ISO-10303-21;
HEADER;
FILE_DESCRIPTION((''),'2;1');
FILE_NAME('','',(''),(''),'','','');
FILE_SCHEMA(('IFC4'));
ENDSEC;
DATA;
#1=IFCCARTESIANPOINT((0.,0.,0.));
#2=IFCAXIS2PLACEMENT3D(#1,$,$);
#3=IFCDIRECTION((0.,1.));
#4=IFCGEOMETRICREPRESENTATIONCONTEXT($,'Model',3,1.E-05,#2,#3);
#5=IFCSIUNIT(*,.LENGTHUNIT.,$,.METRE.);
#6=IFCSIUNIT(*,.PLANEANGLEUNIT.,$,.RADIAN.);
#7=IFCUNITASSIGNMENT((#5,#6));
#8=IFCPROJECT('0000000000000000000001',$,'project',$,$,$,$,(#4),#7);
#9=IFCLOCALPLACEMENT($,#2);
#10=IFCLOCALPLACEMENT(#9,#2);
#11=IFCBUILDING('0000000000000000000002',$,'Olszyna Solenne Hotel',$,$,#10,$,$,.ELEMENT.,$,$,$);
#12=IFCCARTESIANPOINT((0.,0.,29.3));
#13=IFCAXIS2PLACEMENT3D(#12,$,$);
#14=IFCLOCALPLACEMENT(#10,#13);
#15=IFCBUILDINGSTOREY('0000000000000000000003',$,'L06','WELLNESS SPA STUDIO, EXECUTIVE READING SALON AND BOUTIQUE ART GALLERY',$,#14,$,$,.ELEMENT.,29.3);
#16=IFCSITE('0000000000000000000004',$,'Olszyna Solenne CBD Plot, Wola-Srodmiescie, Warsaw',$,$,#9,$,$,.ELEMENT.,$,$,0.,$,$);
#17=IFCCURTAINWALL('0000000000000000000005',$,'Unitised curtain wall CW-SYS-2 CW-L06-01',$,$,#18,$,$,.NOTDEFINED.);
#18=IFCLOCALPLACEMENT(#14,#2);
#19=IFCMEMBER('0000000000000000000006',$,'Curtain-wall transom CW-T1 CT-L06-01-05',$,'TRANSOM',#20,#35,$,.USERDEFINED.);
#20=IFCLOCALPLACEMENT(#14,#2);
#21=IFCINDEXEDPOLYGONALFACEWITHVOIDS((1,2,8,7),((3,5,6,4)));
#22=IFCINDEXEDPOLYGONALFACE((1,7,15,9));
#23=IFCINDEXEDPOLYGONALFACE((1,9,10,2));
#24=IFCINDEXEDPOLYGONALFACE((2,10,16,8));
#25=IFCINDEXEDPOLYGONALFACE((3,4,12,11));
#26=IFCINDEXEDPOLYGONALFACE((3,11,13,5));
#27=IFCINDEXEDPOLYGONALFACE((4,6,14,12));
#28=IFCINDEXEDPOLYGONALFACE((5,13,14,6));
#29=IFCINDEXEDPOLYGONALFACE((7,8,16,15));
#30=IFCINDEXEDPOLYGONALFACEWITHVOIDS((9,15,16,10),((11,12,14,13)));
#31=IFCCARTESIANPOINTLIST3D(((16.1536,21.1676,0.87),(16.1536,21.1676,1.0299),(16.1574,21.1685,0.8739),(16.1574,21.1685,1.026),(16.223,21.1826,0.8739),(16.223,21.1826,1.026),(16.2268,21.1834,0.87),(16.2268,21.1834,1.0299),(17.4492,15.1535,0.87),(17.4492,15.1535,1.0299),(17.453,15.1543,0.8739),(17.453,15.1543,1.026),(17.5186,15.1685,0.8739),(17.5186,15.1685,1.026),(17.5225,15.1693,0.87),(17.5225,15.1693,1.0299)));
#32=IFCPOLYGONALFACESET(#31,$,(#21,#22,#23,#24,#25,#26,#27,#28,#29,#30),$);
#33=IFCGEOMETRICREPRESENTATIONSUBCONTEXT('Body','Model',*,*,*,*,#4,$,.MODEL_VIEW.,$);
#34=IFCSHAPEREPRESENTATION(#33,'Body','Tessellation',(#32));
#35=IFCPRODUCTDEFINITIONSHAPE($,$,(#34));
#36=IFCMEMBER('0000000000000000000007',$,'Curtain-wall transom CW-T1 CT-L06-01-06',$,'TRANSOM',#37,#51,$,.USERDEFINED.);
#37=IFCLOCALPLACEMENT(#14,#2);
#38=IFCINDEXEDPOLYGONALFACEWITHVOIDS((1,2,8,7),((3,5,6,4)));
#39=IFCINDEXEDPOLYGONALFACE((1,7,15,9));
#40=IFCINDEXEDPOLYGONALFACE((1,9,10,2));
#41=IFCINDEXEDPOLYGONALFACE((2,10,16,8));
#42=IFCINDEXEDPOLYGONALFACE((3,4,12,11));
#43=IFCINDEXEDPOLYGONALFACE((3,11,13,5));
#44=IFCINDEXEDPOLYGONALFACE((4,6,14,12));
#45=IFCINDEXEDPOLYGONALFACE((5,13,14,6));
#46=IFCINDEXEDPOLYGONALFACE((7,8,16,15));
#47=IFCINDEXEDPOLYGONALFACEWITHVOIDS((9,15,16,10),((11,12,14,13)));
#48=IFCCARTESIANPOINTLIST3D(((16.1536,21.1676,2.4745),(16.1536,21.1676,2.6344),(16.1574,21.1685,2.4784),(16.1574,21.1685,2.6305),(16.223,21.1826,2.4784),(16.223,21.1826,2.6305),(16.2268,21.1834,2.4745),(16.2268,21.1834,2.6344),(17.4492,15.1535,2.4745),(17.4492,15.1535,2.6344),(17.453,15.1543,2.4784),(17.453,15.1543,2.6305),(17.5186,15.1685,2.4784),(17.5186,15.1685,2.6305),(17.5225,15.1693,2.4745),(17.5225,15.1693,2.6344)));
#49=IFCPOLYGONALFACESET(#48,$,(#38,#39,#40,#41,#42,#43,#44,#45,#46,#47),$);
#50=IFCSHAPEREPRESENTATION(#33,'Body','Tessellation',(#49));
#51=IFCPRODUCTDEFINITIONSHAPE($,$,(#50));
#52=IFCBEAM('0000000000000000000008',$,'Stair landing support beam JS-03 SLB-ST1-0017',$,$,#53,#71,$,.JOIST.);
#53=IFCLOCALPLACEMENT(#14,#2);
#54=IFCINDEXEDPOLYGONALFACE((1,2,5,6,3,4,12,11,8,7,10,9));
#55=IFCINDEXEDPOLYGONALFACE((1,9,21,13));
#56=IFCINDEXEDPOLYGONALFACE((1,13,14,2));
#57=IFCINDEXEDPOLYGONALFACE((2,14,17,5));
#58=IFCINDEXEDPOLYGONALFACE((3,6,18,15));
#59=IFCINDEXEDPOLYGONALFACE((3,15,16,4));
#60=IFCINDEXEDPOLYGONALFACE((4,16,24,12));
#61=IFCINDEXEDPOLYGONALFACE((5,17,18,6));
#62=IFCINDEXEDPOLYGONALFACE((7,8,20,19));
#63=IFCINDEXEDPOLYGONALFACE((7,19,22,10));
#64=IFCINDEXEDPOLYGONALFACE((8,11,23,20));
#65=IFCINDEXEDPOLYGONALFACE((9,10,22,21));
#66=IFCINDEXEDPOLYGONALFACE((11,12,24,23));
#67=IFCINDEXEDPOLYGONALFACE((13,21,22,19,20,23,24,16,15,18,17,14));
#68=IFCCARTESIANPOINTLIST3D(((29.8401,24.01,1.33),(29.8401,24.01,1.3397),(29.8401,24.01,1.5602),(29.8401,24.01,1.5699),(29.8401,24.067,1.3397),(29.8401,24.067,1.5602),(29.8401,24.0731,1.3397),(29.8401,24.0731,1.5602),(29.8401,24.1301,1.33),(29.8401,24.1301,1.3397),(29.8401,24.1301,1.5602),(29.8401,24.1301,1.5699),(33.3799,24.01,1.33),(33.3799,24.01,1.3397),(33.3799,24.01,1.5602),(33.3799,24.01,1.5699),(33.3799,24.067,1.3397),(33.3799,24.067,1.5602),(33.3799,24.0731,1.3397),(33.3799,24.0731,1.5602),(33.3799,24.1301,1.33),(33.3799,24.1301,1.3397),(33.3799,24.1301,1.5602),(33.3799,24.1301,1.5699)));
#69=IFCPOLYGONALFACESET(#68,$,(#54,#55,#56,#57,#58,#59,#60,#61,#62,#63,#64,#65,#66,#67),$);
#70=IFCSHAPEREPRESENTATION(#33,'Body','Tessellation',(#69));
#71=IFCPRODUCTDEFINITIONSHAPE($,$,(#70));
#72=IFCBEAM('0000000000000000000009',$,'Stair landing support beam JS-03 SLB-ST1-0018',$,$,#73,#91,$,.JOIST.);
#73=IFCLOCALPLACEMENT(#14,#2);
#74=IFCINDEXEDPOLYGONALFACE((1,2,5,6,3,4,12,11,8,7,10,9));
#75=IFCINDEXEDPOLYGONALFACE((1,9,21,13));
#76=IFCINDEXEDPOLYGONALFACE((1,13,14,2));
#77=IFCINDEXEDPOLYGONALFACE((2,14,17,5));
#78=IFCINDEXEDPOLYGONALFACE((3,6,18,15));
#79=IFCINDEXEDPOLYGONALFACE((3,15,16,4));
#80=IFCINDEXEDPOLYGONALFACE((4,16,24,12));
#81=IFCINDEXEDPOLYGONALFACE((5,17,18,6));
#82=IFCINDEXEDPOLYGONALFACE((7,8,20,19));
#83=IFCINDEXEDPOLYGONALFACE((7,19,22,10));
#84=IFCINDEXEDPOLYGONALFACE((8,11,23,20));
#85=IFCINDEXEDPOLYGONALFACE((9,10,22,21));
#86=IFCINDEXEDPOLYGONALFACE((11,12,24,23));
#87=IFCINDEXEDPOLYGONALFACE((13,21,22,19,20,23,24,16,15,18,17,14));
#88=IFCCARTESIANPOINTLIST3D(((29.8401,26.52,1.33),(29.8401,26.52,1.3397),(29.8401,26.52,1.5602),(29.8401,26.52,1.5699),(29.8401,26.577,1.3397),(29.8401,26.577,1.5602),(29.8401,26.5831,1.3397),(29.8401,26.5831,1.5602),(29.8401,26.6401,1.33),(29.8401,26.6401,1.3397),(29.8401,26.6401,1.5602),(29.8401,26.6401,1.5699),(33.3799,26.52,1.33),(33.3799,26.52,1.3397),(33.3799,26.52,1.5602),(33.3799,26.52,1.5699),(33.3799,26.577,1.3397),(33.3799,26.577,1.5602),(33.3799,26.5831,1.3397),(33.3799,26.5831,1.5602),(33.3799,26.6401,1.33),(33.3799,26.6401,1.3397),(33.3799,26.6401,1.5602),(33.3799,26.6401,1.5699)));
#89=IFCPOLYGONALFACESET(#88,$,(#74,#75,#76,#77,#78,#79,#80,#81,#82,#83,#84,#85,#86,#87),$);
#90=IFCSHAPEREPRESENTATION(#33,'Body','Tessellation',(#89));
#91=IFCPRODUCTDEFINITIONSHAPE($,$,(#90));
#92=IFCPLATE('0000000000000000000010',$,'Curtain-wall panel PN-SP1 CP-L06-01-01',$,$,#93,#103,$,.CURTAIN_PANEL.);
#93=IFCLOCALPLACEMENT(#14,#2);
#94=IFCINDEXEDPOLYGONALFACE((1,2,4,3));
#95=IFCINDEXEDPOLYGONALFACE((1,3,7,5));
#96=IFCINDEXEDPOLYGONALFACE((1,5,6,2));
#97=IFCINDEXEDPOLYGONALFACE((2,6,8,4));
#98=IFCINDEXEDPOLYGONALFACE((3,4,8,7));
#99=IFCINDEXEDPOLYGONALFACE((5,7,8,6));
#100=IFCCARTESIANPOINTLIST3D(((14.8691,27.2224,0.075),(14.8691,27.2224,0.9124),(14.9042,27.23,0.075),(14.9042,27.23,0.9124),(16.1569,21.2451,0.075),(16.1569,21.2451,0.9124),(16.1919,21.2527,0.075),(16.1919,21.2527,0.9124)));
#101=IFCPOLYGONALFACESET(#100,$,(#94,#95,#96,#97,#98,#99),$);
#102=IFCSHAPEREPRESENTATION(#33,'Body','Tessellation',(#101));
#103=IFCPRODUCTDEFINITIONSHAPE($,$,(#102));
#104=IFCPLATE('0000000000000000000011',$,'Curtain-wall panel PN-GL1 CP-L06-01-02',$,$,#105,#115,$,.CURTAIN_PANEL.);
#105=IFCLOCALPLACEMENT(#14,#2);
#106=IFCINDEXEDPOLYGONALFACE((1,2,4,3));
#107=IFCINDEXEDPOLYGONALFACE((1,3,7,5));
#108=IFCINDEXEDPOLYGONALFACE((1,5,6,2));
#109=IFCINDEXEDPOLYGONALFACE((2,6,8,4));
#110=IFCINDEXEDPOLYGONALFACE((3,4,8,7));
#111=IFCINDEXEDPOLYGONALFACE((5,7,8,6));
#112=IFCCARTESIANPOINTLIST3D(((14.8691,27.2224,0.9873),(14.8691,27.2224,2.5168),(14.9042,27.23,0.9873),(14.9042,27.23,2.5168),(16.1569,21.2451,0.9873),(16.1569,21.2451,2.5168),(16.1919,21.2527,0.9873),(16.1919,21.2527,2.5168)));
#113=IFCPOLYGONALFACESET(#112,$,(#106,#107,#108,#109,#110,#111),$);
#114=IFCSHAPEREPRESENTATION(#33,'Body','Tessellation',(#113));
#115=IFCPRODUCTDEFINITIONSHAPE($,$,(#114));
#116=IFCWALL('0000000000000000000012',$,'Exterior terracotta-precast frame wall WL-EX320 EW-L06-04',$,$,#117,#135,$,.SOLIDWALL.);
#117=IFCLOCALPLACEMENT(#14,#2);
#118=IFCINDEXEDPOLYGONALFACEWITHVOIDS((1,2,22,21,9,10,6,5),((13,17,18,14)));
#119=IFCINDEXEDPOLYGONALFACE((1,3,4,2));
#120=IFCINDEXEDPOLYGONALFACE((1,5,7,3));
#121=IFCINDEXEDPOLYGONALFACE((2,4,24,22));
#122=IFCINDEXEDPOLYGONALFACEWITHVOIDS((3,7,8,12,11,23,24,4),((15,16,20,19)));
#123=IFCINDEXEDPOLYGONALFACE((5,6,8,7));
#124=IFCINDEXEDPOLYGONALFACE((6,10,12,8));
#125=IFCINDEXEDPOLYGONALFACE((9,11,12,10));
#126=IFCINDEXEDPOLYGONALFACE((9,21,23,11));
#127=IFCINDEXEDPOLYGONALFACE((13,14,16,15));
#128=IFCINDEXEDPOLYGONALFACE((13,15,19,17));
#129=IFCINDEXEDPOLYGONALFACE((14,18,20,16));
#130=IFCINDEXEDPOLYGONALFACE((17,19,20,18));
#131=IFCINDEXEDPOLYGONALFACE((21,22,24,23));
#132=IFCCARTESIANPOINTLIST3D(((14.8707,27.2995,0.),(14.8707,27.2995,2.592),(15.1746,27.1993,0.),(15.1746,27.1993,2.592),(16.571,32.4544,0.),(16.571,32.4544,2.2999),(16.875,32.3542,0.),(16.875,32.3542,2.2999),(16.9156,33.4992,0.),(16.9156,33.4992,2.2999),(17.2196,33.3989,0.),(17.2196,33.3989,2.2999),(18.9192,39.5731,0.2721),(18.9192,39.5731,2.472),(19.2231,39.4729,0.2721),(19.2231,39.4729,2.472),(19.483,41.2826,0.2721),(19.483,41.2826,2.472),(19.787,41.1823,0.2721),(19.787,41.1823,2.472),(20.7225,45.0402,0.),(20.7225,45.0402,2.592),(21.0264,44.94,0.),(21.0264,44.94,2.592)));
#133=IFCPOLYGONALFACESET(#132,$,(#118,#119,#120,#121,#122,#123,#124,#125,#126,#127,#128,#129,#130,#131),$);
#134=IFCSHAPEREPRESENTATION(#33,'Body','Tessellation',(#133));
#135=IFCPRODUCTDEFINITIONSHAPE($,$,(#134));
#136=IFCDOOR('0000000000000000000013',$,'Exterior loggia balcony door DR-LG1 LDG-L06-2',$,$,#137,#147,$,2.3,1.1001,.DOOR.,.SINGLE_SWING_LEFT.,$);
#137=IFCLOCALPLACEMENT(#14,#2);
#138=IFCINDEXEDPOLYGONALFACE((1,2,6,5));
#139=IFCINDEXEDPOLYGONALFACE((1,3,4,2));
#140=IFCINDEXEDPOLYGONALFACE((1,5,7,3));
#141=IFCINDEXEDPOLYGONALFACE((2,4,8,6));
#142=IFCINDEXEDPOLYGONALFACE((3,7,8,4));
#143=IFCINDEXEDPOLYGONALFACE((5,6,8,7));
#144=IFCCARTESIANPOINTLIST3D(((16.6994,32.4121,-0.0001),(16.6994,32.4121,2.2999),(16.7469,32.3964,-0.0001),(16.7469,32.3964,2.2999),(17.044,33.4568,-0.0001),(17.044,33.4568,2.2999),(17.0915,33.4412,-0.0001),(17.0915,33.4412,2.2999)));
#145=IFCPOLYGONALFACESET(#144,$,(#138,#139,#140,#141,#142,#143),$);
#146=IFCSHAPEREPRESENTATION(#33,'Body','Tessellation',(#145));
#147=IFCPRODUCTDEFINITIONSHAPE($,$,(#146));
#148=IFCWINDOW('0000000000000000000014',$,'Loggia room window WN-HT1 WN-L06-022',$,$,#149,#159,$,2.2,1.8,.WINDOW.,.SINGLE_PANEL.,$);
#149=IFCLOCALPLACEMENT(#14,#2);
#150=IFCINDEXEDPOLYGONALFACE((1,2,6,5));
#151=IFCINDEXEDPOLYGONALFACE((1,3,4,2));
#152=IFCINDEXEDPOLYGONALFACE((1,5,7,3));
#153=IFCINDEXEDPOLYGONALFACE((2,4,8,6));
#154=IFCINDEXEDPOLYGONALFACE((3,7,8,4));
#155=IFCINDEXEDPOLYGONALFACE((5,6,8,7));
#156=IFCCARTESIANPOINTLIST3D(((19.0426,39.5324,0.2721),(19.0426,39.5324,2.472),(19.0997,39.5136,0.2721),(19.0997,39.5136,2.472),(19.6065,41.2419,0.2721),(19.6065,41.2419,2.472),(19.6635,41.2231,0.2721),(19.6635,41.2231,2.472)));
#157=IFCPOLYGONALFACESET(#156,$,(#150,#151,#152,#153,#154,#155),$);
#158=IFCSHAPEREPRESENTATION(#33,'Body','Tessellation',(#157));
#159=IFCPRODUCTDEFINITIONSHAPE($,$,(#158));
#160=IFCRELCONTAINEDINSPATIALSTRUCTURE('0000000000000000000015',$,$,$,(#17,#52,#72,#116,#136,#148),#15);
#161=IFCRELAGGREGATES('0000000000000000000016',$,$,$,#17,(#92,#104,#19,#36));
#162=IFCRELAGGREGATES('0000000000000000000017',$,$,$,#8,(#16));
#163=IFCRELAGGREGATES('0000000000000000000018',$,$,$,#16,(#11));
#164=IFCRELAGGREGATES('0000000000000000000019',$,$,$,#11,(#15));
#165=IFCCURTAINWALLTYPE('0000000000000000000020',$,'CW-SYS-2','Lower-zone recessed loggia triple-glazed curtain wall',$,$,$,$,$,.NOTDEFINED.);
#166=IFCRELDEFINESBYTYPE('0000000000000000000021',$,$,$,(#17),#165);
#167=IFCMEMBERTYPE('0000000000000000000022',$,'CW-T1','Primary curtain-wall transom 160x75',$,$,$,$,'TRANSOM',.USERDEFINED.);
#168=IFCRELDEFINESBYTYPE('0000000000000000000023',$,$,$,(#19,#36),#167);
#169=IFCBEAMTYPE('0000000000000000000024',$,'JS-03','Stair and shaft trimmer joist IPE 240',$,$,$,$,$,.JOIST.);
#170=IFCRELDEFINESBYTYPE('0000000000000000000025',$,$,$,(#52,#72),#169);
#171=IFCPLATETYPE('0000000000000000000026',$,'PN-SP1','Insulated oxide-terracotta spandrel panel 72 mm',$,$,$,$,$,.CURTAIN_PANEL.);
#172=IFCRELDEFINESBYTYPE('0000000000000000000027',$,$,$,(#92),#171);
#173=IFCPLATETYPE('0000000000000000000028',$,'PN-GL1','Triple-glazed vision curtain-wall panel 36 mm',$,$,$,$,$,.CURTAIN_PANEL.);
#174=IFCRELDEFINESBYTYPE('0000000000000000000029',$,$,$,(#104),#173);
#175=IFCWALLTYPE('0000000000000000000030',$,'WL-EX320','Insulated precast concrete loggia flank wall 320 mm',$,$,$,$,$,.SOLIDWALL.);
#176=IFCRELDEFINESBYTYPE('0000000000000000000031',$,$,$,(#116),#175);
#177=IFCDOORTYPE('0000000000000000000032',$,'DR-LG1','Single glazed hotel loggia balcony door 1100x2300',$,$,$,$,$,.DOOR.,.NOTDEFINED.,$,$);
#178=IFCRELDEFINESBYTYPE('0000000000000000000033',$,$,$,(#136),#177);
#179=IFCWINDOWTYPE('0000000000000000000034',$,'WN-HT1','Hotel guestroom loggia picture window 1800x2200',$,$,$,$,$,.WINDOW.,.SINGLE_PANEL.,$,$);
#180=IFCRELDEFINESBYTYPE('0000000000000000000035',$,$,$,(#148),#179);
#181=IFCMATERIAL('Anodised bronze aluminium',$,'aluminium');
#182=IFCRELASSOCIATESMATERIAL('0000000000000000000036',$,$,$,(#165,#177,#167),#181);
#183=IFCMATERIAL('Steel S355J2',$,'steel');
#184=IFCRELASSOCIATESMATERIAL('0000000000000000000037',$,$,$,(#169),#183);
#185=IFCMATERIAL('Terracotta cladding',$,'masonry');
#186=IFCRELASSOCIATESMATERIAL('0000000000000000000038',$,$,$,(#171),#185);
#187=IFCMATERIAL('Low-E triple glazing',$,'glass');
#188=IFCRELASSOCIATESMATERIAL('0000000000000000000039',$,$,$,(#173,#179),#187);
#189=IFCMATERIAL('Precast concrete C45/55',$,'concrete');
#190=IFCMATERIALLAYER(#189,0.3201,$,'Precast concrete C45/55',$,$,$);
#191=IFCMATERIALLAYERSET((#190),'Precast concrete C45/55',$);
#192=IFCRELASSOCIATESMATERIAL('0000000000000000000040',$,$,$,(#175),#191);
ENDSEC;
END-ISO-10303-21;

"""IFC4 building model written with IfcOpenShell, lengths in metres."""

from ifc_helpers import new_model, si_unit, direction, frame, frame_2d, origin, origin_2d, place, context, subcontext, project, spatial, rectangle, hollow_rectangle, i_section, extrude, source, transform, mapped, material, layer, layer_set, material_profile, profile_set, type_object, type_shapes, element, fill, aggregate, save


model = new_model("IFC4")

# Units and contexts
model_context = context("Model", 3, precision=1e-05, world=origin(), true_north=direction((0.0, 1.0)))
body_context = subcontext(model_context, "Body", "Model", "MODEL_VIEW")
ifc_project = project(units=[si_unit("LENGTHUNIT", "METRE"), si_unit("PLANEANGLEUNIT", "RADIAN")], contexts=[model_context])

# Site, building, storey
site_placement = place(None, origin())
site = spatial("IfcSite", under=ifc_project, at=site_placement, Name="Olszyna Solenne CBD Plot, Wola-Srodmiescie, Warsaw", CompositionType="ELEMENT", RefElevation=0.0)
building_placement = place(site_placement, origin())
building = spatial("IfcBuilding", under=site, at=building_placement, Name="Olszyna Solenne Hotel", CompositionType="ELEMENT")
storey_placement = place(building_placement, frame((0.0, 0.0, 29.3)))
storey = spatial("IfcBuildingStorey", under=building, at=storey_placement, Name="L06", Description="WELLNESS SPA STUDIO, EXECUTIVE READING SALON AND BOUTIQUE ART GALLERY", CompositionType="ELEMENT", Elevation=29.3)

# Shared definitions
ifc_material_1 = material(Name="Steel S355J2", Category="steel")

# Curtain wall, members
ifc_material_2 = material(Name="Anodised bronze aluminium", Category="aluminium")
curtain_wall_type = type_object("IfcCurtainWallType", Name="CW-SYS-2", Description="Lower-zone recessed loggia triple-glazed curtain wall", PredefinedType="NOTDEFINED", material=ifc_material_2)
curtain_wall_placement = place(storey_placement, origin())
curtain_wall = element("IfcCurtainWall", 1, at=curtain_wall_placement, inside=storey, type_object=curtain_wall_type, Name="Unitised curtain wall CW-SYS-2 CW-L06-01", PredefinedType="NOTDEFINED")
ifc_material_profile_1 = material_profile(ifc_material_2, hollow_rectangle(XDim=0.075, YDim=0.1599, WallThickness=0.0039, at=origin_2d()), Name="TRAN 160x75x4", Category="load-bearing")
ifc_profile_set_1 = profile_set([ifc_material_profile_1], Name="Anodised bronze aluminium")
member_type_1 = type_object("IfcMemberType", Name="CW-T1", Description="Primary curtain-wall transom 160x75", ElementType="TRANSOM", PredefinedType="USERDEFINED", material=ifc_profile_set_1)
shared_shape_1 = source(origin(), body_context, "Body", "SweptSolid", [
    extrude(hollow_rectangle(XDim=0.075, YDim=0.1599, WallThickness=0.0039, at=origin_2d()), origin(), (0.0, 0.0, 1.0), 6.1521),
])
member_1_placement = place(storey_placement, frame((16.1902, 21.1755, 0.95), z_axis=(0.210602, -0.977572, 0.0), x_axis=(0.977572, 0.210602, 0.0)))
member_1 = element("IfcMember", 2, at=member_1_placement, type_object=member_type_1, Name="Curtain-wall transom CW-T1 CT-L06-01-05", ObjectType="TRANSOM", PredefinedType="USERDEFINED", context=body_context, shape_type="MappedRepresentation", body=[
    mapped(shared_shape_1, transform((0.0, 0.0, 0.0), x_axis=(1.0, 0.0, 0.0), y_axis=(0.0, 1.0, 0.0), z_axis=(0.0, 0.0, 1.0), scale=1.0)),
])
member_2_placement = place(storey_placement, frame((16.1902, 21.1755, 2.5544), z_axis=(0.210602, -0.977572, 0.0), x_axis=(0.977572, 0.210602, 0.0)))
member_2 = element("IfcMember", 3, at=member_2_placement, type_object=member_type_1, Name="Curtain-wall transom CW-T1 CT-L06-01-06", ObjectType="TRANSOM", PredefinedType="USERDEFINED", context=body_context, shape_type="MappedRepresentation", body=[
    mapped(shared_shape_1, transform((0.0, 0.0, 0.0), x_axis=(1.0, 0.0, 0.0), y_axis=(0.0, 1.0, 0.0), z_axis=(0.0, 0.0, 1.0), scale=1.0)),
])

# Beams
ifc_material_profile_2 = material_profile(ifc_material_1, i_section(OverallWidth=0.1201, OverallDepth=0.24, WebThickness=0.0061, FlangeThickness=0.0098, at=origin_2d()), Name="IPE 240", Category="load-bearing")
ifc_profile_set_2 = profile_set([ifc_material_profile_2], Name="Steel S355J2")
beam_type_1 = type_object("IfcBeamType", Name="JS-03", Description="Stair and shaft trimmer joist IPE 240", PredefinedType="JOIST", material=ifc_profile_set_2)
shared_shape_2 = source(origin(), body_context, "Body", "SweptSolid", [
    extrude(i_section(OverallWidth=0.1201, OverallDepth=0.24, WebThickness=0.0061, FlangeThickness=0.0098, at=origin_2d()), origin(), (0.0, 0.0, 1.0), 3.5398),
])
for number, where, z_axis, x_axis, name in (
    (4, (33.3799, 24.0701, 1.45), (-1.0, 0.0, 0.0), (0.0, -1.0, 0.0), "Stair landing support beam JS-03 SLB-ST1-0017"),
    (5, (33.3799, 26.5801, 1.45), (-1.0, 0.0, 0.0), (0.0, -1.0, 0.0), "Stair landing support beam JS-03 SLB-ST1-0018"),
):
    element("IfcBeam", number, at=place(storey_placement, frame(where, z_axis=z_axis, x_axis=x_axis)), inside=storey, type_object=beam_type_1, Name=name, PredefinedType="JOIST", context=body_context, shape_type="MappedRepresentation", body=[
        mapped(shared_shape_2, transform((0.0, 0.0, 0.0), x_axis=(1.0, 0.0, 0.0), y_axis=(0.0, 1.0, 0.0), z_axis=(0.0, 0.0, 1.0), scale=1.0)),
    ])

# Plates
ifc_material_3 = material(Name="Terracotta cladding", Category="masonry")
plate_type_1 = type_object("IfcPlateType", Name="PN-SP1", Description="Insulated oxide-terracotta spandrel panel 72 mm", PredefinedType="CURTAIN_PANEL", material=ifc_material_3)
shared_shape_3 = source(origin(), body_context, "Body", "SweptSolid", [
    extrude(rectangle(XDim=6.1145, YDim=0.0359, at=origin_2d()), origin(), (0.0, 0.0, 1.0), 0.8374),
])
plate_1_placement = place(storey_placement, frame((15.5305, 24.2375, 0.075), z_axis=(0.0, 0.0, 1.0), x_axis=(0.21061, -0.97757, 0.0)))
plate_1 = element("IfcPlate", 6, at=plate_1_placement, type_object=plate_type_1, Name="Curtain-wall panel PN-SP1 CP-L06-01-01", PredefinedType="CURTAIN_PANEL", context=body_context, shape_type="MappedRepresentation", body=[
    mapped(shared_shape_3, transform((0.0, 0.0, 0.0), x_axis=(1.0, 0.0, 0.0), y_axis=(0.0, 1.0, 0.0), z_axis=(0.0, 0.0, 1.0), scale=1.0)),
])
ifc_material_4 = material(Name="Low-E triple glazing", Category="glass")
plate_type_2 = type_object("IfcPlateType", Name="PN-GL1", Description="Triple-glazed vision curtain-wall panel 36 mm", PredefinedType="CURTAIN_PANEL", material=ifc_material_4)
shared_shape_4 = source(origin(), body_context, "Body", "SweptSolid", [
    extrude(rectangle(XDim=6.1145, YDim=0.0359, at=origin_2d()), origin(), (0.0, 0.0, 1.0), 1.5295),
])
plate_2_placement = place(storey_placement, frame((15.5305, 24.2375, 0.9873), z_axis=(0.0, 0.0, 1.0), x_axis=(0.21061, -0.97757, 0.0)))
plate_2 = element("IfcPlate", 7, at=plate_2_placement, type_object=plate_type_2, Name="Curtain-wall panel PN-GL1 CP-L06-01-02", PredefinedType="CURTAIN_PANEL", context=body_context, shape_type="MappedRepresentation", body=[
    mapped(shared_shape_4, transform((0.0, 0.0, 0.0), x_axis=(1.0, 0.0, 0.0), y_axis=(0.0, 1.0, 0.0), z_axis=(0.0, 0.0, 1.0), scale=1.0)),
])
aggregate(curtain_wall, [plate_1, plate_2, member_1, member_2])

# Wall, openings, door, window
ifc_material_5 = material(Name="Precast concrete C45/55", Category="concrete")
ifc_layer_1 = layer(ifc_material_5, 0.3201, Name="Precast concrete C45/55")
ifc_layer_set_1 = layer_set([ifc_layer_1], Name="Precast concrete C45/55")
wall_type_1 = type_object("IfcWallType", Name="WL-EX320", Description="Insulated precast concrete loggia flank wall 320 mm", PredefinedType="SOLIDWALL", material=ifc_layer_set_1)
wall_1_placement = place(storey_placement, frame((15.0227, 27.2495, 0.0), z_axis=(0.0, 0.0, 1.0), x_axis=(0.31325, 0.949671, 0.0)))
wall_1 = element("IfcWall", 8, at=wall_1_placement, inside=storey, type_object=wall_type_1, Name="Exterior terracotta-precast frame wall WL-EX320 EW-L06-04", PredefinedType="SOLIDWALL", context=body_context, shape_type="SweptSolid", body=[
    extrude(rectangle(XDim=18.6809, YDim=0.3201, at=frame_2d((9.3403, 0.0))), origin(), (0.0, 0.0, 1.0), 2.592),
])
opening_1_placement = place(wall_1_placement, frame((5.428, 0.0, 0.0)))
opening_1 = element("IfcOpeningElement", 9, at=opening_1_placement, cuts=wall_1, PredefinedType="OPENING", context=body_context, shape_type="SweptSolid", body=[
    extrude(rectangle(XDim=1.1001, YDim=2.3, at=frame_2d((0.55, 1.1499))), frame((0.0, 0.1699, 0.0), z_axis=(0.0, -1.0, 0.0), x_axis=(1.0, 0.0, 0.0)), (0.0, 0.0, 1.0), 0.3401),
])
opening_2_placement = place(wall_1_placement, frame((12.9241, 0.0, 0.272)))
opening_2 = element("IfcOpeningElement", 10, at=opening_2_placement, cuts=wall_1, PredefinedType="OPENING", context=body_context, shape_type="SweptSolid", body=[
    extrude(rectangle(XDim=1.8, YDim=2.2, at=frame_2d((0.8999, 1.1001))), frame((0.0, 0.1699, 0.0), z_axis=(0.0, -1.0, 0.0), x_axis=(1.0, 0.0, 0.0)), (0.0, 0.0, 1.0), 0.3401),
])
door_type_1 = type_object("IfcDoorType", Name="DR-LG1", Description="Single glazed hotel loggia balcony door 1100x2300", OperationType="NOTDEFINED", PredefinedType="DOOR", material=ifc_material_2)
shared_shape_5 = source(origin(), body_context, "Body", "SweptSolid", [
    extrude(rectangle(XDim=1.1001, YDim=2.3, at=frame_2d((0.55, 1.1499))), frame((0.0, 0.0249, 0.0), z_axis=(0.0, -1.0, 0.0), x_axis=(1.0, 0.0, 0.0)), (0.0, 0.0, 1.0), 0.05),
])
type_shapes(door_type_1, [shared_shape_5])
door_1_placement = place(opening_1_placement, origin())
door_1 = element("IfcDoor", 11, at=door_1_placement, inside=storey, type_object=door_type_1, Name="Exterior loggia balcony door DR-LG1 LDG-L06-2", OperationType="SINGLE_SWING_LEFT", OverallHeight=2.3, OverallWidth=1.1001, PredefinedType="DOOR", context=body_context, shape_type="MappedRepresentation", body=[
    mapped(shared_shape_5, transform((0.0, 0.0, 0.0), x_axis=(1.0, 0.0, 0.0), y_axis=(0.0, 1.0, 0.0), z_axis=(0.0, 0.0, 1.0), scale=1.0)),
])
fill(opening_1, door_1)
window_type = type_object("IfcWindowType", Name="WN-HT1", Description="Hotel guestroom loggia picture window 1800x2200", PartitioningType="SINGLE_PANEL", PredefinedType="WINDOW", material=ifc_material_4)
shared_shape_6 = source(origin(), body_context, "Body", "SweptSolid", [
    extrude(rectangle(XDim=1.8, YDim=2.2, at=frame_2d((0.8999, 1.1001))), frame((0.0, 0.03, 0.0), z_axis=(0.0, -1.0, 0.0), x_axis=(1.0, 0.0, 0.0)), (0.0, 0.0, 1.0), 0.0601),
])
type_shapes(window_type, [shared_shape_6])
window_placement = place(opening_2_placement, origin())
window = element("IfcWindow", 12, at=window_placement, inside=storey, type_object=window_type, Name="Loggia room window WN-HT1 WN-L06-022", OverallHeight=2.2, OverallWidth=1.8, PartitioningType="SINGLE_PANEL", PredefinedType="WINDOW", context=body_context, shape_type="MappedRepresentation", body=[
    mapped(shared_shape_6, transform((0.0, 0.0, 0.0), x_axis=(1.0, 0.0, 0.0), y_axis=(0.0, 1.0, 0.0), z_axis=(0.0, 0.0, 1.0), scale=1.0)),
])
fill(opening_2, window)

save(model, "model.ifc")
